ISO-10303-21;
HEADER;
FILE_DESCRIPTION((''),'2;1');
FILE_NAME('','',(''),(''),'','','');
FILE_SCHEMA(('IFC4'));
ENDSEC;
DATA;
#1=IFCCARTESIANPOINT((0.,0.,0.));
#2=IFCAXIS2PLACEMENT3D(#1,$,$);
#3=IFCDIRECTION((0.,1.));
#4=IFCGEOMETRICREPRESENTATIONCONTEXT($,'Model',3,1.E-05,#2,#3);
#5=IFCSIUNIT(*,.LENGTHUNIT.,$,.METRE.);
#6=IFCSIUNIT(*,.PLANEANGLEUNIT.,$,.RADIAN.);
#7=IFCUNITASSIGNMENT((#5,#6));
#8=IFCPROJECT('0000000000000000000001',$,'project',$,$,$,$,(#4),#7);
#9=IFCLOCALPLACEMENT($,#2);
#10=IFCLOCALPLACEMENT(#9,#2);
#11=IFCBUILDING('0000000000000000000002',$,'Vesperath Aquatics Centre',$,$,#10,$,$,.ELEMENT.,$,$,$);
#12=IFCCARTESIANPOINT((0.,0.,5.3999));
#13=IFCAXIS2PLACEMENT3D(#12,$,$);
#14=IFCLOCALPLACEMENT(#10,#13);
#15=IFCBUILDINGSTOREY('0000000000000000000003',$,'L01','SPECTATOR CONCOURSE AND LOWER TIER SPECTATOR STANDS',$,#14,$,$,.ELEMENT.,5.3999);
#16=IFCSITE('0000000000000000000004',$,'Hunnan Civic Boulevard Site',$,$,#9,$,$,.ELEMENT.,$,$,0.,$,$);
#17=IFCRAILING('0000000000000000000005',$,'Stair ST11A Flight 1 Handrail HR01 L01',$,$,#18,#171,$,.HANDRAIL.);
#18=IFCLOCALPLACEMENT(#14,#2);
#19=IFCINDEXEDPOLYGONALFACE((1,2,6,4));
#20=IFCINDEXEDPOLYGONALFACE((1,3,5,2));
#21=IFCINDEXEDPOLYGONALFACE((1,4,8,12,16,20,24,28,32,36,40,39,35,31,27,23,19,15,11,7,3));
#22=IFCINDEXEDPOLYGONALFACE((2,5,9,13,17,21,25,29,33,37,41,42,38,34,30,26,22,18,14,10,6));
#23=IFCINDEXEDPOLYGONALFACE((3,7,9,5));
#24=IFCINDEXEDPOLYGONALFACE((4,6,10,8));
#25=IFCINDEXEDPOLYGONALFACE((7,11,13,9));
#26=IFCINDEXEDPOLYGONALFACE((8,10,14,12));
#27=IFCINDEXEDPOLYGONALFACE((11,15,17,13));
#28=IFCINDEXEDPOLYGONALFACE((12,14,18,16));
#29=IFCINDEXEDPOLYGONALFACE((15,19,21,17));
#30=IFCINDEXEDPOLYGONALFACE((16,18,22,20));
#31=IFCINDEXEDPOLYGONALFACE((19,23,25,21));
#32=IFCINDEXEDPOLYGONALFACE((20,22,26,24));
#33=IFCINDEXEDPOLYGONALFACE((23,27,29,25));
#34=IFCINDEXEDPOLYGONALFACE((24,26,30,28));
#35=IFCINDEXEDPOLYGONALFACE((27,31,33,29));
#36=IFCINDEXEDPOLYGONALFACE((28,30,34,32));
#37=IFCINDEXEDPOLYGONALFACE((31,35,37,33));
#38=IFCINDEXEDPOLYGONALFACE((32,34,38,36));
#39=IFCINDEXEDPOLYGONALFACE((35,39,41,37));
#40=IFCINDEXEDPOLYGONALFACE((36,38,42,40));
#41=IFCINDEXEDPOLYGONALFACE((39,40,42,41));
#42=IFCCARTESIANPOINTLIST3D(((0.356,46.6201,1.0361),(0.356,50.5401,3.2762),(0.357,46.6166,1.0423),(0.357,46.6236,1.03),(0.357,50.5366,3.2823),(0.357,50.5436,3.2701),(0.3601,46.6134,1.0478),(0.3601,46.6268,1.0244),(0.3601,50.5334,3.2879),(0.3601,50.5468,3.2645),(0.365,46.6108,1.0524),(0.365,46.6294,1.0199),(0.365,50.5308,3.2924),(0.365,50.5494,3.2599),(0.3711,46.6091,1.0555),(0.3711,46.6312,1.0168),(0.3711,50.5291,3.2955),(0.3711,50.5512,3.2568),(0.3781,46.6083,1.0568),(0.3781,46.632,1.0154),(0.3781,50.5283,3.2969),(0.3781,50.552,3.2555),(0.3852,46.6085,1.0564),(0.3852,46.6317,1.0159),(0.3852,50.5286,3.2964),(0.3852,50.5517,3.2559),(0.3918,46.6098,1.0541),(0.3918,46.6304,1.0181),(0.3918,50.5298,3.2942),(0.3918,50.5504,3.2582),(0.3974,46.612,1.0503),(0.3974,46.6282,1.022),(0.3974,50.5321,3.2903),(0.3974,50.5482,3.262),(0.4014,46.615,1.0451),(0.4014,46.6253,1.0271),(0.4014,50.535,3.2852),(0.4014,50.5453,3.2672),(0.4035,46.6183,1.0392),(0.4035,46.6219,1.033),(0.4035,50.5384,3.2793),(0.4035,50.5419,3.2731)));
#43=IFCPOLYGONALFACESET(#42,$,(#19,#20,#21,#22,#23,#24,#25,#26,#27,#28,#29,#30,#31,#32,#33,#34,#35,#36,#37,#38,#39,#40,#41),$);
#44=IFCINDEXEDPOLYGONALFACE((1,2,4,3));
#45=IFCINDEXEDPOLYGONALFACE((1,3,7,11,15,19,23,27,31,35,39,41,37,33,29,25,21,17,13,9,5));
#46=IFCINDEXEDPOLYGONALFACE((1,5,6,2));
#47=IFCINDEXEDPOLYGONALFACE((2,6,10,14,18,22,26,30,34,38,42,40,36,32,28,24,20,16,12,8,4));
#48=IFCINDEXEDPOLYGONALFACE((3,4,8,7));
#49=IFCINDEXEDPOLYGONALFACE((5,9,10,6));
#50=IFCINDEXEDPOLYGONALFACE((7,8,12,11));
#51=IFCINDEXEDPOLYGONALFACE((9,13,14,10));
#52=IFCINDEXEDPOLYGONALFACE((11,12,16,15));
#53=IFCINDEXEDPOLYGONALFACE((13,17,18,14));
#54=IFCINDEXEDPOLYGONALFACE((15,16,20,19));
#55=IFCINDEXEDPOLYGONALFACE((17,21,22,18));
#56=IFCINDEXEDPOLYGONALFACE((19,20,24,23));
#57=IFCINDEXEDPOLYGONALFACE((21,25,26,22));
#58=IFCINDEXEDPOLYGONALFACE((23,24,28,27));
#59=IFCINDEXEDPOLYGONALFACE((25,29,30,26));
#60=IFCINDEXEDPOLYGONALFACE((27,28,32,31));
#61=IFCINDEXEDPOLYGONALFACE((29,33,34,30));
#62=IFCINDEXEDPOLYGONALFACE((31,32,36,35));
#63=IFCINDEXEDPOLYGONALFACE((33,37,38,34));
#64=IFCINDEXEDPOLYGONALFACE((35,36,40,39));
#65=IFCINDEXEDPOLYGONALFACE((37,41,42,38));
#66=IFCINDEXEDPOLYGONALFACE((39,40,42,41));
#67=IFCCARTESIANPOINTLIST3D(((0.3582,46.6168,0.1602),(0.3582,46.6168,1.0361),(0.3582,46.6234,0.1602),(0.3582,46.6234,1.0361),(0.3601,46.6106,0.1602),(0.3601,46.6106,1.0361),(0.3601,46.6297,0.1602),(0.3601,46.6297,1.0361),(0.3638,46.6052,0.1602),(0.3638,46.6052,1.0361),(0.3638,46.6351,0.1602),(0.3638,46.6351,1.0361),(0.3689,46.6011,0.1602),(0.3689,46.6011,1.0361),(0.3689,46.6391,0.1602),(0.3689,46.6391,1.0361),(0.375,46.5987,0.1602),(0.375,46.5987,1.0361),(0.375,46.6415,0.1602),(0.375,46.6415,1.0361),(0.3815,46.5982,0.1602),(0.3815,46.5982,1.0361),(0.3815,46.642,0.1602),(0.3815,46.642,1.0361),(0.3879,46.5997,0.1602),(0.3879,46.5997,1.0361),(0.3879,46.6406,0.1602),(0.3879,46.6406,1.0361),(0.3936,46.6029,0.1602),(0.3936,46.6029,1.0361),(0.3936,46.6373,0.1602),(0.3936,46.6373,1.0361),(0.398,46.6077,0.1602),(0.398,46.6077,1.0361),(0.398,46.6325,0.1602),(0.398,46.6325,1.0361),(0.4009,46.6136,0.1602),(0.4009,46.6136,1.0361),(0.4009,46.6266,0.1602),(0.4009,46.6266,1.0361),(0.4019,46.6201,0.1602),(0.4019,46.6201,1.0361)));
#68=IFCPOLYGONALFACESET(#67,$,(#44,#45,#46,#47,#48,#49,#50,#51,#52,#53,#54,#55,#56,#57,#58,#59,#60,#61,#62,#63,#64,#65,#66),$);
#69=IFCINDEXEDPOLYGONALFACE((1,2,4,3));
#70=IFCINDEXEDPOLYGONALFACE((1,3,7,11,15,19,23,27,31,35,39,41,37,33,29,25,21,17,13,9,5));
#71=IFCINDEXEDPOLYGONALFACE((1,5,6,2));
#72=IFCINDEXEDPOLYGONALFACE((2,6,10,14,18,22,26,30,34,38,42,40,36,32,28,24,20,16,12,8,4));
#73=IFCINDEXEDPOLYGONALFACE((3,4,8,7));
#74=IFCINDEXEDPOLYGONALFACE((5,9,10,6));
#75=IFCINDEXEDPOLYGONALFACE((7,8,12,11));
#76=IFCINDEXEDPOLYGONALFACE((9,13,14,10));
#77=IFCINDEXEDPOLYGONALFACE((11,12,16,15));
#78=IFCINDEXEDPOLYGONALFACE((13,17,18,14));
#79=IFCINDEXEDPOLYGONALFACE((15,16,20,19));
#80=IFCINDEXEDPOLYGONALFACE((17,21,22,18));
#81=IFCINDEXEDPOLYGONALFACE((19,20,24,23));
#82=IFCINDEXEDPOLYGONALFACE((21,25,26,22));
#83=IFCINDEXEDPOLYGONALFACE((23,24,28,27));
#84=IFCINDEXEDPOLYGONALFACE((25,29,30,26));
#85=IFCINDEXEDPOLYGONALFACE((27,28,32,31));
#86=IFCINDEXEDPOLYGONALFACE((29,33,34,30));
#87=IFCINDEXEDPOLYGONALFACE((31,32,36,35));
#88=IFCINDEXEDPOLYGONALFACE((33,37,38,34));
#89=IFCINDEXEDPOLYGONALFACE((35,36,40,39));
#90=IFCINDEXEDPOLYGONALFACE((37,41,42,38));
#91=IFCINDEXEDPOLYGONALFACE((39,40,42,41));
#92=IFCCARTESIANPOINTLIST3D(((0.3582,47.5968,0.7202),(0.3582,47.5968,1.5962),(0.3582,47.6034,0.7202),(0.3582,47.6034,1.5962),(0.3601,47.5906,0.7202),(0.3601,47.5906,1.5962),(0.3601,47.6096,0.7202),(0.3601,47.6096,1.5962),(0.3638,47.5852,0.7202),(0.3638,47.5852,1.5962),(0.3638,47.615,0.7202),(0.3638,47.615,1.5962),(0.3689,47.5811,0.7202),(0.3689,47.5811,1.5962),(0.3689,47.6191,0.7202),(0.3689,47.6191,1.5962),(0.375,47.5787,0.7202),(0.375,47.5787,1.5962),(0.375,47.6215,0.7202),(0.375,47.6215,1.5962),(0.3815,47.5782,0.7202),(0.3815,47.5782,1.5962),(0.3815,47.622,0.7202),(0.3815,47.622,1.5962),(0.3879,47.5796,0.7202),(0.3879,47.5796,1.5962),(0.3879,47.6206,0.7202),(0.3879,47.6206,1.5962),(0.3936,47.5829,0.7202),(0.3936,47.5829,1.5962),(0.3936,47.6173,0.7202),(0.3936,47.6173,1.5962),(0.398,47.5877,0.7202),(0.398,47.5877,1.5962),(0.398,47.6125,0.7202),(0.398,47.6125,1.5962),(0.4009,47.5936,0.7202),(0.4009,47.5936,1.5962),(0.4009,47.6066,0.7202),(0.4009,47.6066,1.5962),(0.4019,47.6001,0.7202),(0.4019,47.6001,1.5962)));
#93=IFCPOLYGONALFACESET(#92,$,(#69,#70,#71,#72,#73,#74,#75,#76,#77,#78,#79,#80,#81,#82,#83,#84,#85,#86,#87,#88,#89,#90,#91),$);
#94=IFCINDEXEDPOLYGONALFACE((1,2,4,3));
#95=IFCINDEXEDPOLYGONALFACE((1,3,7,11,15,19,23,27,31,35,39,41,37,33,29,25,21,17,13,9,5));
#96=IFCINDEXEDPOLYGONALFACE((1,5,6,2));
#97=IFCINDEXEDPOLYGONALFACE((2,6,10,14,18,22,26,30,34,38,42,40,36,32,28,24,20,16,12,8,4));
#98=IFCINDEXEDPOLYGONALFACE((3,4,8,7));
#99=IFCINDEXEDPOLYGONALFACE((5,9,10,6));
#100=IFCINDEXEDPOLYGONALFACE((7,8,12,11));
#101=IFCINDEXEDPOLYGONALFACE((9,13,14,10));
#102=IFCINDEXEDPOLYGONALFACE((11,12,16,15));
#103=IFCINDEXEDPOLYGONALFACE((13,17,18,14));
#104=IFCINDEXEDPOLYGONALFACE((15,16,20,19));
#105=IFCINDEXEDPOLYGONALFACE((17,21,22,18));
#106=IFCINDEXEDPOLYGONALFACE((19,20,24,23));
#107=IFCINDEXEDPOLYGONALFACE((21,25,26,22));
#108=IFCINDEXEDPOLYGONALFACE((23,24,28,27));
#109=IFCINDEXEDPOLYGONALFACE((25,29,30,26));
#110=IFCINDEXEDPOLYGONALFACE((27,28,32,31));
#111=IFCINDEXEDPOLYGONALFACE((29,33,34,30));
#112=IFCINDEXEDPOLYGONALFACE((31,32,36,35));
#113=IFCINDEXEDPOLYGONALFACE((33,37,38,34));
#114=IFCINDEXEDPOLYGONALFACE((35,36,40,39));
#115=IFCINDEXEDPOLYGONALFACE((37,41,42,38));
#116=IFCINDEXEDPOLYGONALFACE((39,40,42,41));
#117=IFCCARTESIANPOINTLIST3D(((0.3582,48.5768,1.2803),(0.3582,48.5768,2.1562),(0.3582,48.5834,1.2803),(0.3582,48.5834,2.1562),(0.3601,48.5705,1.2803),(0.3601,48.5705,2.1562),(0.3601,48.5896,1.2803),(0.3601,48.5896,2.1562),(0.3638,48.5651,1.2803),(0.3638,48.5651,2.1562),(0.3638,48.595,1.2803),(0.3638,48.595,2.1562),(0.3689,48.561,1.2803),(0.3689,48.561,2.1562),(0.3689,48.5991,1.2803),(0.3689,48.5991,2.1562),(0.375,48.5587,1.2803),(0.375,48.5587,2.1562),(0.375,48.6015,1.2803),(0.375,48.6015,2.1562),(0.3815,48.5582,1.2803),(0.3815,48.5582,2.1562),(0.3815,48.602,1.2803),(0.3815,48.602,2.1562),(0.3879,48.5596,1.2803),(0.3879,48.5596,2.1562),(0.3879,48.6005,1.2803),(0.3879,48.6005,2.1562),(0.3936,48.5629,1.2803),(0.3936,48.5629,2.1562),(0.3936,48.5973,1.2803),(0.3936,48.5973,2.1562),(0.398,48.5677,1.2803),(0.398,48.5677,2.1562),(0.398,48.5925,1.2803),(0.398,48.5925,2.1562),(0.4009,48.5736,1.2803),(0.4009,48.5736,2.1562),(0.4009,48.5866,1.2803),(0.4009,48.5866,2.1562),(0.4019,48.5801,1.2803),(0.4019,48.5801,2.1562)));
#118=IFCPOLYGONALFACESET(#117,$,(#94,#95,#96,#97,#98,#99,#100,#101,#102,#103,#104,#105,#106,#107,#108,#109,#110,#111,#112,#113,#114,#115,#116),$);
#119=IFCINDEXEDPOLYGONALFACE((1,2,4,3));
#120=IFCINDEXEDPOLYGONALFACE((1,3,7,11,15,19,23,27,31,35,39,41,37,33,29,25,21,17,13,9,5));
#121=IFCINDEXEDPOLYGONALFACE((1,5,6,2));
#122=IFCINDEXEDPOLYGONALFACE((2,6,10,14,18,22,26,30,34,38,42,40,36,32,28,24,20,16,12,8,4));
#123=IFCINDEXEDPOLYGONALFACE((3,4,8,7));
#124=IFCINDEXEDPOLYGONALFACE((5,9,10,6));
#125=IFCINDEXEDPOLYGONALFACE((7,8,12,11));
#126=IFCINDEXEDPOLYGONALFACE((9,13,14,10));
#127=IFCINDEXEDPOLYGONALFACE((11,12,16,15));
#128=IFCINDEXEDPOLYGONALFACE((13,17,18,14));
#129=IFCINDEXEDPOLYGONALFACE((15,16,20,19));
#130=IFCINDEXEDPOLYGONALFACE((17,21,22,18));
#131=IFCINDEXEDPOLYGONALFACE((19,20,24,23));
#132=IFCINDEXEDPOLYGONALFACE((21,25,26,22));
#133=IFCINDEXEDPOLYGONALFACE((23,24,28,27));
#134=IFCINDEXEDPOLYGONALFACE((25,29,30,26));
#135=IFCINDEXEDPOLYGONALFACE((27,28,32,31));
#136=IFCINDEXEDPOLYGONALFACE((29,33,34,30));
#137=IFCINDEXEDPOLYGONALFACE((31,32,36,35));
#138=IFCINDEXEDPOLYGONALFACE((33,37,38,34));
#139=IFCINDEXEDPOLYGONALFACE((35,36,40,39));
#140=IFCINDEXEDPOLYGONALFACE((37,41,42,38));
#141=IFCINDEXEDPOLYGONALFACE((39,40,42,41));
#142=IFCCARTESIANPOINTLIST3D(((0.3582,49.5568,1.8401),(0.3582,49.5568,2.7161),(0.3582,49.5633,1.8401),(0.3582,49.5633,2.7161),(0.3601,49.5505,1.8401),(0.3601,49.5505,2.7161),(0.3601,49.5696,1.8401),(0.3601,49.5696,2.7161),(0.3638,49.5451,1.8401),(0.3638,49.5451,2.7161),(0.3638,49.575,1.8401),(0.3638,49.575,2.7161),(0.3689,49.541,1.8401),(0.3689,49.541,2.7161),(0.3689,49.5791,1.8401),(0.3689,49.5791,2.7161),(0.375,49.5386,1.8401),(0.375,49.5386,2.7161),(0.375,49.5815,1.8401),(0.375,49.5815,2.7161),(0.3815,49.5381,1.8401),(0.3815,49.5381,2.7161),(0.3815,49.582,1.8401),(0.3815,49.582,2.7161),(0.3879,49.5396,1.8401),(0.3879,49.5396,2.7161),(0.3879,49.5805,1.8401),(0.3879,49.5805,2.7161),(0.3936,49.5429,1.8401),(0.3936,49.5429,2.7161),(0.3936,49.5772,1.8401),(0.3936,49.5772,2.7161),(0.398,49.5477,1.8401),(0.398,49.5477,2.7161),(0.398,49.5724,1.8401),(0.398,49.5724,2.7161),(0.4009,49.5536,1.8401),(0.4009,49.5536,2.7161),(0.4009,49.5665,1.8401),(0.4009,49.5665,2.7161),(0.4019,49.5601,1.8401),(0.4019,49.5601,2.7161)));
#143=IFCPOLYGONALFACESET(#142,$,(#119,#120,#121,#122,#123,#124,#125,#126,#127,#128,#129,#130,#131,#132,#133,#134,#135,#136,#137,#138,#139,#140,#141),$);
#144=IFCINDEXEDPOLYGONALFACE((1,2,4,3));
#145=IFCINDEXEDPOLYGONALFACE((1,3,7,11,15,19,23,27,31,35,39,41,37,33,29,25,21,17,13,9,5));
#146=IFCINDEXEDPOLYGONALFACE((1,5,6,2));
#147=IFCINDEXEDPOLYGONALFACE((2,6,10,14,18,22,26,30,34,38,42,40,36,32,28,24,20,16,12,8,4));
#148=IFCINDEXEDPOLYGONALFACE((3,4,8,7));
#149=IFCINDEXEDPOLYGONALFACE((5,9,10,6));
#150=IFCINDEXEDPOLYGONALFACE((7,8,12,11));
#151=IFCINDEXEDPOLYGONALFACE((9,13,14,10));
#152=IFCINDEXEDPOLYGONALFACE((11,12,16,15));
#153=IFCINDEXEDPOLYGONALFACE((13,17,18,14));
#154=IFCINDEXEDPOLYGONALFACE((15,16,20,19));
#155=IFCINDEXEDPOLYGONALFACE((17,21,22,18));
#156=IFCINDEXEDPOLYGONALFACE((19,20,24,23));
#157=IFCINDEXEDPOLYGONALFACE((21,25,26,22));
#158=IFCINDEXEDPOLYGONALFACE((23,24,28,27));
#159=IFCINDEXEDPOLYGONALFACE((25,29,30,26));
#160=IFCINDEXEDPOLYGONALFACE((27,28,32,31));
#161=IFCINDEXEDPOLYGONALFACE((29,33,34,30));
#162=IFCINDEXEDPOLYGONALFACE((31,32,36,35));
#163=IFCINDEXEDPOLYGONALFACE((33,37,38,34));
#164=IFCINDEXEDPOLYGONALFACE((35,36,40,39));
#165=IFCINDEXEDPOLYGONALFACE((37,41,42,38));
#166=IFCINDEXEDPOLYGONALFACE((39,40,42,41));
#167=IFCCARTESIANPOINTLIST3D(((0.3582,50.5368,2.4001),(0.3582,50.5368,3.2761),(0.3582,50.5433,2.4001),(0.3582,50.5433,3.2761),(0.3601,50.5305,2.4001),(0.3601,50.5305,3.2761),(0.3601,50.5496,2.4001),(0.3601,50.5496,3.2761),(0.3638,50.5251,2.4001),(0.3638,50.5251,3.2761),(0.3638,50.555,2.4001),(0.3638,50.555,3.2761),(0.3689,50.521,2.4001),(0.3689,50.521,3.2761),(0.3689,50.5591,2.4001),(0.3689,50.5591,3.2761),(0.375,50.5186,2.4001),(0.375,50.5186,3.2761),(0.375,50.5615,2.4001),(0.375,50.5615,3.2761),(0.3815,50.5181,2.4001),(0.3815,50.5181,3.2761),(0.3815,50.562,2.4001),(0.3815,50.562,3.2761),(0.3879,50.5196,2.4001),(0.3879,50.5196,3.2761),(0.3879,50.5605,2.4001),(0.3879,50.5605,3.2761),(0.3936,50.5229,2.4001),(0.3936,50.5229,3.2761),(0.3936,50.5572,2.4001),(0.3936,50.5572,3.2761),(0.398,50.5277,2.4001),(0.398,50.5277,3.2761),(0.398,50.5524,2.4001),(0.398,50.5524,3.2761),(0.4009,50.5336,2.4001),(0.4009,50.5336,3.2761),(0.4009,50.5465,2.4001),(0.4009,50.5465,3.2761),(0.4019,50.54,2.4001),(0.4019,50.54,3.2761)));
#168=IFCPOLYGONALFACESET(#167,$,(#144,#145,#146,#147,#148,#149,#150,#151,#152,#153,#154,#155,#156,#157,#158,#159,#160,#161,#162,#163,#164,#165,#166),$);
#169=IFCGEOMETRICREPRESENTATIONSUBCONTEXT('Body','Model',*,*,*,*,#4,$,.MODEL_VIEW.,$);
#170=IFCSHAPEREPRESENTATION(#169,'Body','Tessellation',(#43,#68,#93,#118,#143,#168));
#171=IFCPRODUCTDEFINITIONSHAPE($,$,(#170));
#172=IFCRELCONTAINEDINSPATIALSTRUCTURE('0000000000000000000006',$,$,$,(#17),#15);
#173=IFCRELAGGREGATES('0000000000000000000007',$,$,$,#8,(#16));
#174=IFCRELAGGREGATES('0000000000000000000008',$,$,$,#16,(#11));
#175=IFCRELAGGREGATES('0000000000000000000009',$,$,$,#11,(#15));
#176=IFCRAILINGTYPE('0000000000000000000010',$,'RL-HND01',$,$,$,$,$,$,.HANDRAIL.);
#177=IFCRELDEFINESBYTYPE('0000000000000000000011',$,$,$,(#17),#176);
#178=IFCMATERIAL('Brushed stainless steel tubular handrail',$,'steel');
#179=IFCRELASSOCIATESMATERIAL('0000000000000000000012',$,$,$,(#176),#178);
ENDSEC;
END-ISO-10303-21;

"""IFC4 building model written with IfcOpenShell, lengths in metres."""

from ifc_helpers import new_model, si_unit, direction, frame, origin, origin_2d, place, context, subcontext, project, spatial, circle, extrude, material, type_object, element, save


model = new_model("IFC4")

# Units and contexts
model_context = context("Model", 3, precision=1e-05, world=origin(), true_north=direction((0.0, 1.0)))
body_context = subcontext(model_context, "Body", "Model", "MODEL_VIEW")
ifc_project = project(units=[si_unit("LENGTHUNIT", "METRE"), si_unit("PLANEANGLEUNIT", "RADIAN")], contexts=[model_context])

# Site, building, storey
site_placement = place(None, origin())
site = spatial("IfcSite", under=ifc_project, at=site_placement, Name="Hunnan Civic Boulevard Site", CompositionType="ELEMENT", RefElevation=0.0)
building_placement = place(site_placement, origin())
building = spatial("IfcBuilding", under=site, at=building_placement, Name="Vesperath Aquatics Centre", CompositionType="ELEMENT")
storey_placement = place(building_placement, frame((0.0, 0.0, 5.3999)))
storey = spatial("IfcBuildingStorey", under=building, at=storey_placement, Name="L01", Description="SPECTATOR CONCOURSE AND LOWER TIER SPECTATOR STANDS", CompositionType="ELEMENT", Elevation=5.3999)

# Railing
ifc_material_1 = material(Name="Brushed stainless steel tubular handrail", Category="steel")
railing_type_1 = type_object("IfcRailingType", Name="RL-HND01", PredefinedType="HANDRAIL", material=ifc_material_1)
railing_1_placement = place(storey_placement, frame((0.3799, 46.6201, 0.1602)))
element("IfcRailing", 1, at=railing_1_placement, inside=storey, type_object=railing_type_1, Name="Stair ST11A Flight 1 Handrail HR01 L01", PredefinedType="HANDRAIL", context=body_context, shape_type="SweptSolid", body=[
    extrude(circle(Radius=0.0239, at=origin_2d()), frame((0.0, 0.0, 0.876), z_axis=(0.0, 0.86824, 0.496145), x_axis=(-1.0, 0.0, 0.0)), (0.0, 0.0, 1.0), 4.5149),
    extrude(circle(Radius=0.022, at=origin_2d()), origin(), (0.0, 0.0, 1.0), 0.876),
    extrude(circle(Radius=0.022, at=origin_2d()), frame((0.0, 0.98, 0.5601)), (0.0, 0.0, 1.0), 0.876),
    extrude(circle(Radius=0.022, at=origin_2d()), frame((0.0, 1.96, 1.1201)), (0.0, 0.0, 1.0), 0.876),
    extrude(circle(Radius=0.022, at=origin_2d()), frame((0.0, 2.9399, 1.6799)), (0.0, 0.0, 1.0), 0.876),
    extrude(circle(Radius=0.022, at=origin_2d()), frame((0.0, 3.9199, 2.24)), (0.0, 0.0, 1.0), 0.876),
])

save(model, "model.ifc")
